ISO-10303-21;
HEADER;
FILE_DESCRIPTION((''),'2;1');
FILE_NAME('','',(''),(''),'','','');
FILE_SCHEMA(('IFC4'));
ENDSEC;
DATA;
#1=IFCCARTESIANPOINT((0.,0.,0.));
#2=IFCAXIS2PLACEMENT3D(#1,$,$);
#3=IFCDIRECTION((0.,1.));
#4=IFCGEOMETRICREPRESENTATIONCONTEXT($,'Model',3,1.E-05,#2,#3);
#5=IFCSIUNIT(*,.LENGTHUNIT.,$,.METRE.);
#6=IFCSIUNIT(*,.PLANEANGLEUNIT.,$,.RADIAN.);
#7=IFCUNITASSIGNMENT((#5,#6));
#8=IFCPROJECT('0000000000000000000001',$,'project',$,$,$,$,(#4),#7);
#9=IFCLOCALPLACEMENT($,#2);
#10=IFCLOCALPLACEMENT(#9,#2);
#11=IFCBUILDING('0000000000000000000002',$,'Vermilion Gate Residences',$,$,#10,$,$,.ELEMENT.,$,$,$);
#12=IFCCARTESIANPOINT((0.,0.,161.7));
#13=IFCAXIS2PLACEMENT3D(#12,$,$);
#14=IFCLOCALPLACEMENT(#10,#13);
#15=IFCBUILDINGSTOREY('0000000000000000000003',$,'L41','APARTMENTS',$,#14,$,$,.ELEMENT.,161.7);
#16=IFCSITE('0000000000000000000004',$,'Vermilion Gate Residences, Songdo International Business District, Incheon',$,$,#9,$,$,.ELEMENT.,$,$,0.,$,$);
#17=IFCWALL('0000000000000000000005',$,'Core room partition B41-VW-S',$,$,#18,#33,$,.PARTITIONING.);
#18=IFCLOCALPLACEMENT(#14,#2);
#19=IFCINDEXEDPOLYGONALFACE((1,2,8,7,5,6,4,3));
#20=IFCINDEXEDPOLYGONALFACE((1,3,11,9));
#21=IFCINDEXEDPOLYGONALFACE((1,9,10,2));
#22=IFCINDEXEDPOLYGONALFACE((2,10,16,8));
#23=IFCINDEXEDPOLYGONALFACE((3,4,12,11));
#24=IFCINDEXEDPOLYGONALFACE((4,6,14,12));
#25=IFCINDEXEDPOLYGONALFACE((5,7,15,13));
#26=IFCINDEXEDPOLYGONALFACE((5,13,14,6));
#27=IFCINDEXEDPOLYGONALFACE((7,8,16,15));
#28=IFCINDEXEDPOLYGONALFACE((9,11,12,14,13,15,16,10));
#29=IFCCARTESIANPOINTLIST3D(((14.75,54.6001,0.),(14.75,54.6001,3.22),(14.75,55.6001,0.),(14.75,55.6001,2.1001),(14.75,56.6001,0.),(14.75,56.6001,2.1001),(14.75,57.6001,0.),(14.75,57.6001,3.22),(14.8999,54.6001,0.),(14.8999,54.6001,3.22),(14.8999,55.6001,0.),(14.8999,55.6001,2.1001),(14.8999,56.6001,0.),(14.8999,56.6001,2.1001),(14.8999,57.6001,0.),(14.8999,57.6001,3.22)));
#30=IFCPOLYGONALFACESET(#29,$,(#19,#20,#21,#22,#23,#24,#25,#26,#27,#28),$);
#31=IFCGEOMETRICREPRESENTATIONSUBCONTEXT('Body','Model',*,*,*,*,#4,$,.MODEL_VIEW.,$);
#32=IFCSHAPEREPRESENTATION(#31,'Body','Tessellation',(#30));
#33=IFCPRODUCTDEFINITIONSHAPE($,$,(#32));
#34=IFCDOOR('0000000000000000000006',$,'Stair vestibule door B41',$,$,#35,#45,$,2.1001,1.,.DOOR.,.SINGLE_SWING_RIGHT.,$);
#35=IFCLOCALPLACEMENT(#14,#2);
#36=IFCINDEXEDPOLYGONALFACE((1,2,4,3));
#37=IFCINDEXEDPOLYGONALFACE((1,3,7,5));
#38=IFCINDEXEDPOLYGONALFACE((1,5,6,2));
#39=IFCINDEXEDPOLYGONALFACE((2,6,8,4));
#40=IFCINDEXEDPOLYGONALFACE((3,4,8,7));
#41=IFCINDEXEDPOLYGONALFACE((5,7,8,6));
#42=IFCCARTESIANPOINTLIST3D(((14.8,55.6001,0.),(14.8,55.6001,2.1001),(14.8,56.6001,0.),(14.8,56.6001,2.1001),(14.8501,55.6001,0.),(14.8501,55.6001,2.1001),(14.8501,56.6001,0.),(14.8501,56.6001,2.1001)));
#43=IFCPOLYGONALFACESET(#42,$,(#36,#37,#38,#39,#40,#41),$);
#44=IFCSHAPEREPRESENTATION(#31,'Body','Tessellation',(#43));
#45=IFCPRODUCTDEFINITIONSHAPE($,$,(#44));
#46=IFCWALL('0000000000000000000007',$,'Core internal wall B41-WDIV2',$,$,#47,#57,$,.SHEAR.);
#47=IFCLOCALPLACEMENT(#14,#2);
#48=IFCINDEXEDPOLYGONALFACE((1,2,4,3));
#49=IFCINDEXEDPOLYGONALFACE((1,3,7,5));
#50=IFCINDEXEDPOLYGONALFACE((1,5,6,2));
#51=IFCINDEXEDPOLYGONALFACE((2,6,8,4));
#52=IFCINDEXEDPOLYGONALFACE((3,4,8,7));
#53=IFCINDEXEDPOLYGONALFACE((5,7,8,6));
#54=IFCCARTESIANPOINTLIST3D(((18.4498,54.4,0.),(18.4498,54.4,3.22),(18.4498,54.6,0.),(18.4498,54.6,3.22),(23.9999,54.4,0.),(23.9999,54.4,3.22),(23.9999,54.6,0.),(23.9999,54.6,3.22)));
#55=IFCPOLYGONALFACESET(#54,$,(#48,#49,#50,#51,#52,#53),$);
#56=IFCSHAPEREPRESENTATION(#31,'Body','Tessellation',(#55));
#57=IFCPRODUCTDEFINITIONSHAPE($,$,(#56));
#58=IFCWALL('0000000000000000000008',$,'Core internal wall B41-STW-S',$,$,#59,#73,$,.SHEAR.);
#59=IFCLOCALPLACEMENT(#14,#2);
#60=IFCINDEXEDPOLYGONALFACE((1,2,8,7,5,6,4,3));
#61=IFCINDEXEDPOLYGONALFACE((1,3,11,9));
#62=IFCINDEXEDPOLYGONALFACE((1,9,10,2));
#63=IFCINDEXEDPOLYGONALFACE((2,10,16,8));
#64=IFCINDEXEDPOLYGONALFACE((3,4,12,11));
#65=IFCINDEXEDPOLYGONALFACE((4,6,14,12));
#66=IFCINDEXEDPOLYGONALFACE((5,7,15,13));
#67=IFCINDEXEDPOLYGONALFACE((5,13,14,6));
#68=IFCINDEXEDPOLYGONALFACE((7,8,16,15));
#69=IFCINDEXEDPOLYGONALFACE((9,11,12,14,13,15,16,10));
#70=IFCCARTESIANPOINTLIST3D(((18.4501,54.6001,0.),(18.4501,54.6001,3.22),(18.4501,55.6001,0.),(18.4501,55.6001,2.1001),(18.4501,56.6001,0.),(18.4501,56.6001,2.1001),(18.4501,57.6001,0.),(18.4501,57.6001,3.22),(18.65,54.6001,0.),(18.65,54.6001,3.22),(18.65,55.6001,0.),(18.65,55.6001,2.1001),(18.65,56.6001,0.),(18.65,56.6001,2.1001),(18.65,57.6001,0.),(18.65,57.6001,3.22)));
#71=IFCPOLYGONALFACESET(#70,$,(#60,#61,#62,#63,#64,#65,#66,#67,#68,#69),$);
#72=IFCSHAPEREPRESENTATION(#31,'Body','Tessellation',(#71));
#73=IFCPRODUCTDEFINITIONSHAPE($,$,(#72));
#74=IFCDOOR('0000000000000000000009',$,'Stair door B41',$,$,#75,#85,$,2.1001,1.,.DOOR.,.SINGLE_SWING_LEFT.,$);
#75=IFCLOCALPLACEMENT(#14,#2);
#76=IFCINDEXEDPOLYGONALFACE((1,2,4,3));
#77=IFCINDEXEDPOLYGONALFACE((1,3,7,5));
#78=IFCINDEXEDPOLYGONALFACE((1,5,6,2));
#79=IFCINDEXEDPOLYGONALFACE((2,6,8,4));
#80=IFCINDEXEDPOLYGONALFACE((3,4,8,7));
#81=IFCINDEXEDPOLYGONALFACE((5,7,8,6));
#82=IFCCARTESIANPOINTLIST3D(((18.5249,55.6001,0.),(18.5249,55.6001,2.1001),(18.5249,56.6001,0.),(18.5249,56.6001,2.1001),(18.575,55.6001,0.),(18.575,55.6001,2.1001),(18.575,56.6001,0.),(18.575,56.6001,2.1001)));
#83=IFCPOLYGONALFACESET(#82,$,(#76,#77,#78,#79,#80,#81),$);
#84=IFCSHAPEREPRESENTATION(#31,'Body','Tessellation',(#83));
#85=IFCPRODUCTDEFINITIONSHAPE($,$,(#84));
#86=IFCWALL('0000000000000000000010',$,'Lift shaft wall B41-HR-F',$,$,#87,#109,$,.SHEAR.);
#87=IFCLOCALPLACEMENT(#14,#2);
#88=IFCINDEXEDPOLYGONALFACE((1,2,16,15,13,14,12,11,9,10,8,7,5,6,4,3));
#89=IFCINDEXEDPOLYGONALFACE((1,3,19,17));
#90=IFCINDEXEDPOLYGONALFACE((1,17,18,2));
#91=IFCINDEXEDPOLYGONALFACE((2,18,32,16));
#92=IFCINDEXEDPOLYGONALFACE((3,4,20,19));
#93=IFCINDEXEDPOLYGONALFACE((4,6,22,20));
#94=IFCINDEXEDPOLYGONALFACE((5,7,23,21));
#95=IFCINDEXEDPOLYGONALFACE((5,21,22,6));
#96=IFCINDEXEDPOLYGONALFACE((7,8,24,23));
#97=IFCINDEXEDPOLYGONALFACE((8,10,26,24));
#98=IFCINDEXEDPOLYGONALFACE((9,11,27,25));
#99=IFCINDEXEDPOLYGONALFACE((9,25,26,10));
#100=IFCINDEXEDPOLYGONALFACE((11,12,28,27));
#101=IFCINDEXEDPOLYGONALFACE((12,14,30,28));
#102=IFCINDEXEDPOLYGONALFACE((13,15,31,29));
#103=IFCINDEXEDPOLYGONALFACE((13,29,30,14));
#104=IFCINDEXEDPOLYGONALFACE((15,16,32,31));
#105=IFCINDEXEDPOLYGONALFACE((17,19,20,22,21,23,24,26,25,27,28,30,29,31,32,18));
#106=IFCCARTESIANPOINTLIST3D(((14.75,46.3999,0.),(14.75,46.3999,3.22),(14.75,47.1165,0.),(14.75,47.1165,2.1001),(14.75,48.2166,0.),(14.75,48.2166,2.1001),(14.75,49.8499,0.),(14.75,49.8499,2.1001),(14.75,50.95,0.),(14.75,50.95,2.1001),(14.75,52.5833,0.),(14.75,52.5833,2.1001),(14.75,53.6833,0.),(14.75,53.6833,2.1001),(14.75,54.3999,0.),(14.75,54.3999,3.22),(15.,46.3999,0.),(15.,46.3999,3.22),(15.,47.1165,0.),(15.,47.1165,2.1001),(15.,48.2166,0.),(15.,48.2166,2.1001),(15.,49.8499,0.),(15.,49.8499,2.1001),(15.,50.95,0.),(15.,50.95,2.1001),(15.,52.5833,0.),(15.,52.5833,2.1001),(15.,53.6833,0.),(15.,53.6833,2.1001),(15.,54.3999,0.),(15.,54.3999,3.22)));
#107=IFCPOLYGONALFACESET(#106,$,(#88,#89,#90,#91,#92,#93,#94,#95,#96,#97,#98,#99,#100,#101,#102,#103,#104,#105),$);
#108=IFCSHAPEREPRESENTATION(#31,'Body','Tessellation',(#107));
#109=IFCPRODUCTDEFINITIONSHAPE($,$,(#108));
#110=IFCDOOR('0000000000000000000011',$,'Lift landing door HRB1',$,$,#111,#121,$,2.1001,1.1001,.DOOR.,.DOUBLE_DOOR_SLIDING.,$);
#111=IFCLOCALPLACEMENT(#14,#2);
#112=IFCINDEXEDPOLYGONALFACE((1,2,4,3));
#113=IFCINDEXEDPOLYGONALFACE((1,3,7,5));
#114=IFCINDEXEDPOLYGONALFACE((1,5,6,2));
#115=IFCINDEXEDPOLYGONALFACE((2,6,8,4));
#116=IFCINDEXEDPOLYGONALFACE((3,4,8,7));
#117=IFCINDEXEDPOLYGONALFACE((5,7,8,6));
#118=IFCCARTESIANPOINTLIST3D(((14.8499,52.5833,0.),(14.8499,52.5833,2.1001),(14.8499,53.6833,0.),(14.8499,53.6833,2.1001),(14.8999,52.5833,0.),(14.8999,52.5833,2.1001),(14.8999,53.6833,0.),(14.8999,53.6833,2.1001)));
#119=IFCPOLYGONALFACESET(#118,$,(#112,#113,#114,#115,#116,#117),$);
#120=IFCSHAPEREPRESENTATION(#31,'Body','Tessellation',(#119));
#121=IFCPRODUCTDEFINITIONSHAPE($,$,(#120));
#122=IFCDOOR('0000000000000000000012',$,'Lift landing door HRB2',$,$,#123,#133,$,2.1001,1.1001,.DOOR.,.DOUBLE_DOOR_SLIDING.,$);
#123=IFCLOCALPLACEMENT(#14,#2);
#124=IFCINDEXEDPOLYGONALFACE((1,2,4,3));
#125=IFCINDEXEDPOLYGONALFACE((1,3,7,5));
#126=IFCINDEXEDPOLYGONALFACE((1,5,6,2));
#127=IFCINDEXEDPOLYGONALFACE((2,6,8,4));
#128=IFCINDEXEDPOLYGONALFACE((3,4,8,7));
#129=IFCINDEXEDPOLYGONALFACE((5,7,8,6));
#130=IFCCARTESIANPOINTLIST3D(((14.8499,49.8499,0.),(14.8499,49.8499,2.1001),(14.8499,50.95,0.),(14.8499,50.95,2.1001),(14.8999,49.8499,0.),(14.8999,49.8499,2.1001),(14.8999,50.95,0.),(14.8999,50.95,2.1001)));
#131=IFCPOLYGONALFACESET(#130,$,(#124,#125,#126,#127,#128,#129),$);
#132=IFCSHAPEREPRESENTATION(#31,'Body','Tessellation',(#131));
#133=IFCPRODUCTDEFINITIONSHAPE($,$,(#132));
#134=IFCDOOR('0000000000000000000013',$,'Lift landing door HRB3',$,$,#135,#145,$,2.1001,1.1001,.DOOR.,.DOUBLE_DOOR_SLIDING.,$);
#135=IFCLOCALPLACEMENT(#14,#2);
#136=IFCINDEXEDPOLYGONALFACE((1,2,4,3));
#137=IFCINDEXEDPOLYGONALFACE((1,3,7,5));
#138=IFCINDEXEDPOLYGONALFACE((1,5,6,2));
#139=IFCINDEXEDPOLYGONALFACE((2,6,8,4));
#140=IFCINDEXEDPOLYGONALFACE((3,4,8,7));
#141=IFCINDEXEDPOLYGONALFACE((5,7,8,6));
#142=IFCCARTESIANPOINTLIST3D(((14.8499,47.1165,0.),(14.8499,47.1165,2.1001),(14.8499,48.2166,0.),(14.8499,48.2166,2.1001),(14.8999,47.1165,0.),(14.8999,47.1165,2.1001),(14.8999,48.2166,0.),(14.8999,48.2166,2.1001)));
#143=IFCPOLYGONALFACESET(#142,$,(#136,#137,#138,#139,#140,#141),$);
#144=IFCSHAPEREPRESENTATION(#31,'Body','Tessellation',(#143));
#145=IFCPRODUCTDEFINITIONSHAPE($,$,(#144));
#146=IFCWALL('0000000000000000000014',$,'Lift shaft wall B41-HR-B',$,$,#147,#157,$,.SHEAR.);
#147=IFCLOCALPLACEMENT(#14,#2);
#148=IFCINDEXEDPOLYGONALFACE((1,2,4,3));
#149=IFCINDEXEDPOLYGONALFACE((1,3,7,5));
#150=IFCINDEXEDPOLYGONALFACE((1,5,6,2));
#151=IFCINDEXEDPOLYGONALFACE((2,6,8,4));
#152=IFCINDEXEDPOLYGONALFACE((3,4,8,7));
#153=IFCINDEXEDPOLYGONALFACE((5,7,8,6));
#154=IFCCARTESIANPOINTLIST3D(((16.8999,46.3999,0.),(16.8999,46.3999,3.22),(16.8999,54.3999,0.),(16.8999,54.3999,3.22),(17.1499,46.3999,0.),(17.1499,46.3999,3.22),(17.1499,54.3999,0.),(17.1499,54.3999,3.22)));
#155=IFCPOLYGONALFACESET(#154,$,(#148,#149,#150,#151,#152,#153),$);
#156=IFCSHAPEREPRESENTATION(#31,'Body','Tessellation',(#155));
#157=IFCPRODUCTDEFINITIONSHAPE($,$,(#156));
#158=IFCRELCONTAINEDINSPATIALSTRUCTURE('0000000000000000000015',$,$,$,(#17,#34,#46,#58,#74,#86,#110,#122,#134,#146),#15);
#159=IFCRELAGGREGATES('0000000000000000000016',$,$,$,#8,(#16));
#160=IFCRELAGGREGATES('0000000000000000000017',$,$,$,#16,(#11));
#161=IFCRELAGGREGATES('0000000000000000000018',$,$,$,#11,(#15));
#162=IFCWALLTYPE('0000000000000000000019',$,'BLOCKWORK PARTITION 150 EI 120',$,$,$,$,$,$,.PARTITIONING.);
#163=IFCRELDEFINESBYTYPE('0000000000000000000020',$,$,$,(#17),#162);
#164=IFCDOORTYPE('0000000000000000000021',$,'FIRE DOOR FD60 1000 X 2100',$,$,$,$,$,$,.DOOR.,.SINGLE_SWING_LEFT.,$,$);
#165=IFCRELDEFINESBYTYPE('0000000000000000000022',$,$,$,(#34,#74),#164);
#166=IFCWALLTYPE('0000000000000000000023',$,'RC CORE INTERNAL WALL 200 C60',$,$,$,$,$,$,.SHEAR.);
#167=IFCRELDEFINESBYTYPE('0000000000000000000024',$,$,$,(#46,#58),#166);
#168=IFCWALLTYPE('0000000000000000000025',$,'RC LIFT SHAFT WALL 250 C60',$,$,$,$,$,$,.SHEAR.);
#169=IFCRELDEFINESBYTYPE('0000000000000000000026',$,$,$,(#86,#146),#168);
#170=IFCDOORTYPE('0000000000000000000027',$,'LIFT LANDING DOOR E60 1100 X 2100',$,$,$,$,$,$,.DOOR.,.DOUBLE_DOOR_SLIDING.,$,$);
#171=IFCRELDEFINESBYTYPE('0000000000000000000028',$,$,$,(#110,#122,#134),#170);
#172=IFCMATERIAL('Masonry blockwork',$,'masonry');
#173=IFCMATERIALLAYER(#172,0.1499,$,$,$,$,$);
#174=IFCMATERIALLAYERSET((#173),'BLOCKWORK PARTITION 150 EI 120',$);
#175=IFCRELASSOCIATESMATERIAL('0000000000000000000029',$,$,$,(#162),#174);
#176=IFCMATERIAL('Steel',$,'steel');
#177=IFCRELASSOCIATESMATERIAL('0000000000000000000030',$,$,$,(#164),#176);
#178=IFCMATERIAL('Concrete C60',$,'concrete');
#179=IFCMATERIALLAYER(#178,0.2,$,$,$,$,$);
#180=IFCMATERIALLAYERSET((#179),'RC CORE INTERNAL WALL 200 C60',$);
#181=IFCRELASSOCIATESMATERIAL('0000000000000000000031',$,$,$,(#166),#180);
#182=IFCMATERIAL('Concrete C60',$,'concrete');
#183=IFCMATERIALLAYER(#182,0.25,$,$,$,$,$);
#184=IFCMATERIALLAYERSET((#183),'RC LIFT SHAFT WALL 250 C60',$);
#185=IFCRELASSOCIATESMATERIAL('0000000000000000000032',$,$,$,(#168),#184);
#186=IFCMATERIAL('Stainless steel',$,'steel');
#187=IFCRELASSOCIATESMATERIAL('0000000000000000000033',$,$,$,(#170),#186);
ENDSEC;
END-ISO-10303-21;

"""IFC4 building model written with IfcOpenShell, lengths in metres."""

from ifc_helpers import new_model, si_unit, direction, frame, frame_2d, origin, place, context, subcontext, project, spatial, rectangle, extrude, material, layer, layer_set, type_object, element, fill, save


model = new_model("IFC4")

# Units and contexts
model_context = context("Model", 3, precision=1e-05, world=origin(), true_north=direction((0.0, 1.0)))
body_context = subcontext(model_context, "Body", "Model", "MODEL_VIEW")
ifc_project = project(units=[si_unit("LENGTHUNIT", "METRE"), si_unit("PLANEANGLEUNIT", "RADIAN")], contexts=[model_context])

# Site, building, storey
site_placement = place(None, origin())
site = spatial("IfcSite", under=ifc_project, at=site_placement, Name="Vermilion Gate Residences, Songdo International Business District, Incheon", CompositionType="ELEMENT", RefElevation=0.0)
building_placement = place(site_placement, origin())
building = spatial("IfcBuilding", under=site, at=building_placement, Name="Vermilion Gate Residences", CompositionType="ELEMENT")
storey_placement = place(building_placement, frame((0.0, 0.0, 161.7)))
storey = spatial("IfcBuildingStorey", under=building, at=storey_placement, Name="L41", Description="APARTMENTS", CompositionType="ELEMENT", Elevation=161.7)

# Wall, opening, door
ifc_material_1 = material(Name="Masonry blockwork", Category="masonry")
ifc_layer_1 = layer(ifc_material_1, 0.1499)
ifc_layer_set_1 = layer_set([ifc_layer_1], Name="BLOCKWORK PARTITION 150 EI 120")
wall_type_1 = type_object("IfcWallType", Name="BLOCKWORK PARTITION 150 EI 120", PredefinedType="PARTITIONING", material=ifc_layer_set_1)
wall_1_placement = place(storey_placement, frame((14.825, 57.6001, 0.0), z_axis=(0.0, 0.0, 1.0), x_axis=(0.0, -1.0, 0.0)))
wall_1 = element("IfcWall", 1, at=wall_1_placement, inside=storey, type_object=wall_type_1, Name="Core room partition B41-VW-S", PredefinedType="PARTITIONING", context=body_context, shape_type="SweptSolid", body=[
    extrude(rectangle(XDim=3.0, YDim=0.1499, at=frame_2d((1.5, 0.0))), origin(), (0.0, 0.0, 1.0), 3.22),
])
opening_1_placement = place(wall_1_placement, frame((1.0, 0.0, 0.0)))
opening_1 = element("IfcOpeningElement", 2, at=opening_1_placement, cuts=wall_1, PredefinedType="OPENING", context=body_context, shape_type="SweptSolid", body=[
    extrude(rectangle(XDim=1.0, YDim=2.1001, at=frame_2d((0.5, 1.05))), frame((0.0, 0.085, 0.0), z_axis=(0.0, -1.0, 0.0), x_axis=(1.0, 0.0, 0.0)), (0.0, 0.0, 1.0), 0.1699),
])
ifc_material_2 = material(Name="Steel", Category="steel")
door_type_1 = type_object("IfcDoorType", Name="FIRE DOOR FD60 1000 X 2100", OperationType="SINGLE_SWING_LEFT", PredefinedType="DOOR", material=ifc_material_2)
door_1_placement = place(opening_1_placement, frame((1.0, 0.0, 0.0), z_axis=(0.0, 0.0, 1.0), x_axis=(-1.0, 0.0, 0.0)))
door_1 = element("IfcDoor", 3, at=door_1_placement, inside=storey, type_object=door_type_1, Name="Stair vestibule door B41", OperationType="SINGLE_SWING_RIGHT", OverallHeight=2.1001, OverallWidth=1.0, PredefinedType="DOOR", context=body_context, shape_type="SweptSolid", body=[
    extrude(rectangle(XDim=1.0, YDim=2.1001, at=frame_2d((0.5, 1.05))), frame((0.0, 0.0249, 0.0), z_axis=(0.0, -1.0, 0.0), x_axis=(1.0, 0.0, 0.0)), (0.0, 0.0, 1.0), 0.05),
])
fill(opening_1, door_1)

# Wall
ifc_material_3 = material(Name="Concrete C60", Category="concrete")
ifc_layer_2 = layer(ifc_material_3, 0.2)
ifc_layer_set_2 = layer_set([ifc_layer_2], Name="RC CORE INTERNAL WALL 200 C60")
wall_type_2 = type_object("IfcWallType", Name="RC CORE INTERNAL WALL 200 C60", PredefinedType="SHEAR", material=ifc_layer_set_2)
wall_2_placement = place(storey_placement, frame((18.45, 54.5, 0.0), z_axis=(0.0, 0.0, 1.0), x_axis=(1.0, 0.0, 0.0)))
element("IfcWall", 4, at=wall_2_placement, inside=storey, type_object=wall_type_2, Name="Core internal wall B41-WDIV2", PredefinedType="SHEAR", context=body_context, shape_type="SweptSolid", body=[
    extrude(rectangle(XDim=5.55, YDim=0.2, at=frame_2d((2.7749, 0.0))), origin(), (0.0, 0.0, 1.0), 3.22),
])

# Wall, opening, door
wall_3_placement = place(storey_placement, frame((18.55, 57.6001, 0.0), z_axis=(0.0, 0.0, 1.0), x_axis=(0.0, -1.0, 0.0)))
wall_3 = element("IfcWall", 5, at=wall_3_placement, inside=storey, type_object=wall_type_2, Name="Core internal wall B41-STW-S", PredefinedType="SHEAR", context=body_context, shape_type="SweptSolid", body=[
    extrude(rectangle(XDim=3.0, YDim=0.2, at=frame_2d((1.5, 0.0))), origin(), (0.0, 0.0, 1.0), 3.22),
])
opening_2_placement = place(wall_3_placement, frame((1.0, 0.0, 0.0)))
opening_2 = element("IfcOpeningElement", 6, at=opening_2_placement, cuts=wall_3, PredefinedType="OPENING", context=body_context, shape_type="SweptSolid", body=[
    extrude(rectangle(XDim=1.0, YDim=2.1001, at=frame_2d((0.5, 1.05))), frame((0.0, 0.1099, 0.0), z_axis=(0.0, -1.0, 0.0), x_axis=(1.0, 0.0, 0.0)), (0.0, 0.0, 1.0), 0.22),
])
door_2_placement = place(opening_2_placement, origin())
door_2 = element("IfcDoor", 7, at=door_2_placement, inside=storey, type_object=door_type_1, Name="Stair door B41", OperationType="SINGLE_SWING_LEFT", OverallHeight=2.1001, OverallWidth=1.0, PredefinedType="DOOR", context=body_context, shape_type="SweptSolid", body=[
    extrude(rectangle(XDim=1.0, YDim=2.1001, at=frame_2d((0.5, 1.05))), frame((0.0, 0.0249, 0.0), z_axis=(0.0, -1.0, 0.0), x_axis=(1.0, 0.0, 0.0)), (0.0, 0.0, 1.0), 0.05),
])
fill(opening_2, door_2)

# Wall, openings, doors
ifc_material_4 = material(Name="Concrete C60", Category="concrete")
ifc_layer_3 = layer(ifc_material_4, 0.25)
ifc_layer_set_3 = layer_set([ifc_layer_3], Name="RC LIFT SHAFT WALL 250 C60")
wall_type_3 = type_object("IfcWallType", Name="RC LIFT SHAFT WALL 250 C60", PredefinedType="SHEAR", material=ifc_layer_set_3)
wall_4_placement = place(storey_placement, frame((14.875, 54.3999, 0.0), z_axis=(0.0, 0.0, 1.0), x_axis=(0.0, -1.0, 0.0)))
wall_4 = element("IfcWall", 8, at=wall_4_placement, inside=storey, type_object=wall_type_3, Name="Lift shaft wall B41-HR-F", PredefinedType="SHEAR", context=body_context, shape_type="SweptSolid", body=[
    extrude(rectangle(XDim=8.0, YDim=0.25, at=frame_2d((4.0, 0.0))), origin(), (0.0, 0.0, 1.0), 3.22),
])
opening_3_placement = place(wall_4_placement, frame((0.7166, 0.0, 0.0)))
opening_3 = element("IfcOpeningElement", 9, at=opening_3_placement, cuts=wall_4, PredefinedType="OPENING", context=body_context, shape_type="SweptSolid", body=[
    extrude(rectangle(XDim=1.1001, YDim=2.1001, at=frame_2d((0.55, 1.05))), frame((0.0, 0.135, 0.0), z_axis=(0.0, -1.0, 0.0), x_axis=(1.0, 0.0, 0.0)), (0.0, 0.0, 1.0), 0.27),
])
opening_4_placement = place(wall_4_placement, frame((3.45, 0.0, 0.0)))
opening_4 = element("IfcOpeningElement", 10, at=opening_4_placement, cuts=wall_4, PredefinedType="OPENING", context=body_context, shape_type="SweptSolid", body=[
    extrude(rectangle(XDim=1.1001, YDim=2.1001, at=frame_2d((0.55, 1.05))), frame((0.0, 0.135, 0.0), z_axis=(0.0, -1.0, 0.0), x_axis=(1.0, 0.0, 0.0)), (0.0, 0.0, 1.0), 0.27),
])
opening_5_placement = place(wall_4_placement, frame((6.1833, 0.0, 0.0)))
opening_5 = element("IfcOpeningElement", 11, at=opening_5_placement, cuts=wall_4, PredefinedType="OPENING", context=body_context, shape_type="SweptSolid", body=[
    extrude(rectangle(XDim=1.1001, YDim=2.1001, at=frame_2d((0.55, 1.05))), frame((0.0, 0.135, 0.0), z_axis=(0.0, -1.0, 0.0), x_axis=(1.0, 0.0, 0.0)), (0.0, 0.0, 1.0), 0.27),
])
ifc_material_5 = material(Name="Stainless steel", Category="steel")
door_type_2 = type_object("IfcDoorType", Name="LIFT LANDING DOOR E60 1100 X 2100", OperationType="DOUBLE_DOOR_SLIDING", PredefinedType="DOOR", material=ifc_material_5)
door_3_placement = place(opening_3_placement, origin())
door_3 = element("IfcDoor", 12, at=door_3_placement, inside=storey, type_object=door_type_2, Name="Lift landing door HRB1", OperationType="DOUBLE_DOOR_SLIDING", OverallHeight=2.1001, OverallWidth=1.1001, PredefinedType="DOOR", context=body_context, shape_type="SweptSolid", body=[
    extrude(rectangle(XDim=1.1001, YDim=2.1001, at=frame_2d((0.55, 1.05))), frame((0.0, 0.0249, 0.0), z_axis=(0.0, -1.0, 0.0), x_axis=(1.0, 0.0, 0.0)), (0.0, 0.0, 1.0), 0.05),
])
fill(opening_3, door_3)
door_4_placement = place(opening_4_placement, origin())
door_4 = element("IfcDoor", 13, at=door_4_placement, inside=storey, type_object=door_type_2, Name="Lift landing door HRB2", OperationType="DOUBLE_DOOR_SLIDING", OverallHeight=2.1001, OverallWidth=1.1001, PredefinedType="DOOR", context=body_context, shape_type="SweptSolid", body=[
    extrude(rectangle(XDim=1.1001, YDim=2.1001, at=frame_2d((0.55, 1.05))), frame((0.0, 0.0249, 0.0), z_axis=(0.0, -1.0, 0.0), x_axis=(1.0, 0.0, 0.0)), (0.0, 0.0, 1.0), 0.05),
])
fill(opening_4, door_4)
door_5_placement = place(opening_5_placement, origin())
door_5 = element("IfcDoor", 14, at=door_5_placement, inside=storey, type_object=door_type_2, Name="Lift landing door HRB3", OperationType="DOUBLE_DOOR_SLIDING", OverallHeight=2.1001, OverallWidth=1.1001, PredefinedType="DOOR", context=body_context, shape_type="SweptSolid", body=[
    extrude(rectangle(XDim=1.1001, YDim=2.1001, at=frame_2d((0.55, 1.05))), frame((0.0, 0.0249, 0.0), z_axis=(0.0, -1.0, 0.0), x_axis=(1.0, 0.0, 0.0)), (0.0, 0.0, 1.0), 0.05),
])
fill(opening_5, door_5)

# Wall
wall_5_placement = place(storey_placement, frame((17.0249, 54.3999, 0.0), z_axis=(0.0, 0.0, 1.0), x_axis=(0.0, -1.0, 0.0)))
element("IfcWall", 15, at=wall_5_placement, inside=storey, type_object=wall_type_3, Name="Lift shaft wall B41-HR-B", PredefinedType="SHEAR", context=body_context, shape_type="SweptSolid", body=[
    extrude(rectangle(XDim=8.0, YDim=0.25, at=frame_2d((4.0, 0.0))), origin(), (0.0, 0.0, 1.0), 3.22),
])

save(model, "model.ifc")
